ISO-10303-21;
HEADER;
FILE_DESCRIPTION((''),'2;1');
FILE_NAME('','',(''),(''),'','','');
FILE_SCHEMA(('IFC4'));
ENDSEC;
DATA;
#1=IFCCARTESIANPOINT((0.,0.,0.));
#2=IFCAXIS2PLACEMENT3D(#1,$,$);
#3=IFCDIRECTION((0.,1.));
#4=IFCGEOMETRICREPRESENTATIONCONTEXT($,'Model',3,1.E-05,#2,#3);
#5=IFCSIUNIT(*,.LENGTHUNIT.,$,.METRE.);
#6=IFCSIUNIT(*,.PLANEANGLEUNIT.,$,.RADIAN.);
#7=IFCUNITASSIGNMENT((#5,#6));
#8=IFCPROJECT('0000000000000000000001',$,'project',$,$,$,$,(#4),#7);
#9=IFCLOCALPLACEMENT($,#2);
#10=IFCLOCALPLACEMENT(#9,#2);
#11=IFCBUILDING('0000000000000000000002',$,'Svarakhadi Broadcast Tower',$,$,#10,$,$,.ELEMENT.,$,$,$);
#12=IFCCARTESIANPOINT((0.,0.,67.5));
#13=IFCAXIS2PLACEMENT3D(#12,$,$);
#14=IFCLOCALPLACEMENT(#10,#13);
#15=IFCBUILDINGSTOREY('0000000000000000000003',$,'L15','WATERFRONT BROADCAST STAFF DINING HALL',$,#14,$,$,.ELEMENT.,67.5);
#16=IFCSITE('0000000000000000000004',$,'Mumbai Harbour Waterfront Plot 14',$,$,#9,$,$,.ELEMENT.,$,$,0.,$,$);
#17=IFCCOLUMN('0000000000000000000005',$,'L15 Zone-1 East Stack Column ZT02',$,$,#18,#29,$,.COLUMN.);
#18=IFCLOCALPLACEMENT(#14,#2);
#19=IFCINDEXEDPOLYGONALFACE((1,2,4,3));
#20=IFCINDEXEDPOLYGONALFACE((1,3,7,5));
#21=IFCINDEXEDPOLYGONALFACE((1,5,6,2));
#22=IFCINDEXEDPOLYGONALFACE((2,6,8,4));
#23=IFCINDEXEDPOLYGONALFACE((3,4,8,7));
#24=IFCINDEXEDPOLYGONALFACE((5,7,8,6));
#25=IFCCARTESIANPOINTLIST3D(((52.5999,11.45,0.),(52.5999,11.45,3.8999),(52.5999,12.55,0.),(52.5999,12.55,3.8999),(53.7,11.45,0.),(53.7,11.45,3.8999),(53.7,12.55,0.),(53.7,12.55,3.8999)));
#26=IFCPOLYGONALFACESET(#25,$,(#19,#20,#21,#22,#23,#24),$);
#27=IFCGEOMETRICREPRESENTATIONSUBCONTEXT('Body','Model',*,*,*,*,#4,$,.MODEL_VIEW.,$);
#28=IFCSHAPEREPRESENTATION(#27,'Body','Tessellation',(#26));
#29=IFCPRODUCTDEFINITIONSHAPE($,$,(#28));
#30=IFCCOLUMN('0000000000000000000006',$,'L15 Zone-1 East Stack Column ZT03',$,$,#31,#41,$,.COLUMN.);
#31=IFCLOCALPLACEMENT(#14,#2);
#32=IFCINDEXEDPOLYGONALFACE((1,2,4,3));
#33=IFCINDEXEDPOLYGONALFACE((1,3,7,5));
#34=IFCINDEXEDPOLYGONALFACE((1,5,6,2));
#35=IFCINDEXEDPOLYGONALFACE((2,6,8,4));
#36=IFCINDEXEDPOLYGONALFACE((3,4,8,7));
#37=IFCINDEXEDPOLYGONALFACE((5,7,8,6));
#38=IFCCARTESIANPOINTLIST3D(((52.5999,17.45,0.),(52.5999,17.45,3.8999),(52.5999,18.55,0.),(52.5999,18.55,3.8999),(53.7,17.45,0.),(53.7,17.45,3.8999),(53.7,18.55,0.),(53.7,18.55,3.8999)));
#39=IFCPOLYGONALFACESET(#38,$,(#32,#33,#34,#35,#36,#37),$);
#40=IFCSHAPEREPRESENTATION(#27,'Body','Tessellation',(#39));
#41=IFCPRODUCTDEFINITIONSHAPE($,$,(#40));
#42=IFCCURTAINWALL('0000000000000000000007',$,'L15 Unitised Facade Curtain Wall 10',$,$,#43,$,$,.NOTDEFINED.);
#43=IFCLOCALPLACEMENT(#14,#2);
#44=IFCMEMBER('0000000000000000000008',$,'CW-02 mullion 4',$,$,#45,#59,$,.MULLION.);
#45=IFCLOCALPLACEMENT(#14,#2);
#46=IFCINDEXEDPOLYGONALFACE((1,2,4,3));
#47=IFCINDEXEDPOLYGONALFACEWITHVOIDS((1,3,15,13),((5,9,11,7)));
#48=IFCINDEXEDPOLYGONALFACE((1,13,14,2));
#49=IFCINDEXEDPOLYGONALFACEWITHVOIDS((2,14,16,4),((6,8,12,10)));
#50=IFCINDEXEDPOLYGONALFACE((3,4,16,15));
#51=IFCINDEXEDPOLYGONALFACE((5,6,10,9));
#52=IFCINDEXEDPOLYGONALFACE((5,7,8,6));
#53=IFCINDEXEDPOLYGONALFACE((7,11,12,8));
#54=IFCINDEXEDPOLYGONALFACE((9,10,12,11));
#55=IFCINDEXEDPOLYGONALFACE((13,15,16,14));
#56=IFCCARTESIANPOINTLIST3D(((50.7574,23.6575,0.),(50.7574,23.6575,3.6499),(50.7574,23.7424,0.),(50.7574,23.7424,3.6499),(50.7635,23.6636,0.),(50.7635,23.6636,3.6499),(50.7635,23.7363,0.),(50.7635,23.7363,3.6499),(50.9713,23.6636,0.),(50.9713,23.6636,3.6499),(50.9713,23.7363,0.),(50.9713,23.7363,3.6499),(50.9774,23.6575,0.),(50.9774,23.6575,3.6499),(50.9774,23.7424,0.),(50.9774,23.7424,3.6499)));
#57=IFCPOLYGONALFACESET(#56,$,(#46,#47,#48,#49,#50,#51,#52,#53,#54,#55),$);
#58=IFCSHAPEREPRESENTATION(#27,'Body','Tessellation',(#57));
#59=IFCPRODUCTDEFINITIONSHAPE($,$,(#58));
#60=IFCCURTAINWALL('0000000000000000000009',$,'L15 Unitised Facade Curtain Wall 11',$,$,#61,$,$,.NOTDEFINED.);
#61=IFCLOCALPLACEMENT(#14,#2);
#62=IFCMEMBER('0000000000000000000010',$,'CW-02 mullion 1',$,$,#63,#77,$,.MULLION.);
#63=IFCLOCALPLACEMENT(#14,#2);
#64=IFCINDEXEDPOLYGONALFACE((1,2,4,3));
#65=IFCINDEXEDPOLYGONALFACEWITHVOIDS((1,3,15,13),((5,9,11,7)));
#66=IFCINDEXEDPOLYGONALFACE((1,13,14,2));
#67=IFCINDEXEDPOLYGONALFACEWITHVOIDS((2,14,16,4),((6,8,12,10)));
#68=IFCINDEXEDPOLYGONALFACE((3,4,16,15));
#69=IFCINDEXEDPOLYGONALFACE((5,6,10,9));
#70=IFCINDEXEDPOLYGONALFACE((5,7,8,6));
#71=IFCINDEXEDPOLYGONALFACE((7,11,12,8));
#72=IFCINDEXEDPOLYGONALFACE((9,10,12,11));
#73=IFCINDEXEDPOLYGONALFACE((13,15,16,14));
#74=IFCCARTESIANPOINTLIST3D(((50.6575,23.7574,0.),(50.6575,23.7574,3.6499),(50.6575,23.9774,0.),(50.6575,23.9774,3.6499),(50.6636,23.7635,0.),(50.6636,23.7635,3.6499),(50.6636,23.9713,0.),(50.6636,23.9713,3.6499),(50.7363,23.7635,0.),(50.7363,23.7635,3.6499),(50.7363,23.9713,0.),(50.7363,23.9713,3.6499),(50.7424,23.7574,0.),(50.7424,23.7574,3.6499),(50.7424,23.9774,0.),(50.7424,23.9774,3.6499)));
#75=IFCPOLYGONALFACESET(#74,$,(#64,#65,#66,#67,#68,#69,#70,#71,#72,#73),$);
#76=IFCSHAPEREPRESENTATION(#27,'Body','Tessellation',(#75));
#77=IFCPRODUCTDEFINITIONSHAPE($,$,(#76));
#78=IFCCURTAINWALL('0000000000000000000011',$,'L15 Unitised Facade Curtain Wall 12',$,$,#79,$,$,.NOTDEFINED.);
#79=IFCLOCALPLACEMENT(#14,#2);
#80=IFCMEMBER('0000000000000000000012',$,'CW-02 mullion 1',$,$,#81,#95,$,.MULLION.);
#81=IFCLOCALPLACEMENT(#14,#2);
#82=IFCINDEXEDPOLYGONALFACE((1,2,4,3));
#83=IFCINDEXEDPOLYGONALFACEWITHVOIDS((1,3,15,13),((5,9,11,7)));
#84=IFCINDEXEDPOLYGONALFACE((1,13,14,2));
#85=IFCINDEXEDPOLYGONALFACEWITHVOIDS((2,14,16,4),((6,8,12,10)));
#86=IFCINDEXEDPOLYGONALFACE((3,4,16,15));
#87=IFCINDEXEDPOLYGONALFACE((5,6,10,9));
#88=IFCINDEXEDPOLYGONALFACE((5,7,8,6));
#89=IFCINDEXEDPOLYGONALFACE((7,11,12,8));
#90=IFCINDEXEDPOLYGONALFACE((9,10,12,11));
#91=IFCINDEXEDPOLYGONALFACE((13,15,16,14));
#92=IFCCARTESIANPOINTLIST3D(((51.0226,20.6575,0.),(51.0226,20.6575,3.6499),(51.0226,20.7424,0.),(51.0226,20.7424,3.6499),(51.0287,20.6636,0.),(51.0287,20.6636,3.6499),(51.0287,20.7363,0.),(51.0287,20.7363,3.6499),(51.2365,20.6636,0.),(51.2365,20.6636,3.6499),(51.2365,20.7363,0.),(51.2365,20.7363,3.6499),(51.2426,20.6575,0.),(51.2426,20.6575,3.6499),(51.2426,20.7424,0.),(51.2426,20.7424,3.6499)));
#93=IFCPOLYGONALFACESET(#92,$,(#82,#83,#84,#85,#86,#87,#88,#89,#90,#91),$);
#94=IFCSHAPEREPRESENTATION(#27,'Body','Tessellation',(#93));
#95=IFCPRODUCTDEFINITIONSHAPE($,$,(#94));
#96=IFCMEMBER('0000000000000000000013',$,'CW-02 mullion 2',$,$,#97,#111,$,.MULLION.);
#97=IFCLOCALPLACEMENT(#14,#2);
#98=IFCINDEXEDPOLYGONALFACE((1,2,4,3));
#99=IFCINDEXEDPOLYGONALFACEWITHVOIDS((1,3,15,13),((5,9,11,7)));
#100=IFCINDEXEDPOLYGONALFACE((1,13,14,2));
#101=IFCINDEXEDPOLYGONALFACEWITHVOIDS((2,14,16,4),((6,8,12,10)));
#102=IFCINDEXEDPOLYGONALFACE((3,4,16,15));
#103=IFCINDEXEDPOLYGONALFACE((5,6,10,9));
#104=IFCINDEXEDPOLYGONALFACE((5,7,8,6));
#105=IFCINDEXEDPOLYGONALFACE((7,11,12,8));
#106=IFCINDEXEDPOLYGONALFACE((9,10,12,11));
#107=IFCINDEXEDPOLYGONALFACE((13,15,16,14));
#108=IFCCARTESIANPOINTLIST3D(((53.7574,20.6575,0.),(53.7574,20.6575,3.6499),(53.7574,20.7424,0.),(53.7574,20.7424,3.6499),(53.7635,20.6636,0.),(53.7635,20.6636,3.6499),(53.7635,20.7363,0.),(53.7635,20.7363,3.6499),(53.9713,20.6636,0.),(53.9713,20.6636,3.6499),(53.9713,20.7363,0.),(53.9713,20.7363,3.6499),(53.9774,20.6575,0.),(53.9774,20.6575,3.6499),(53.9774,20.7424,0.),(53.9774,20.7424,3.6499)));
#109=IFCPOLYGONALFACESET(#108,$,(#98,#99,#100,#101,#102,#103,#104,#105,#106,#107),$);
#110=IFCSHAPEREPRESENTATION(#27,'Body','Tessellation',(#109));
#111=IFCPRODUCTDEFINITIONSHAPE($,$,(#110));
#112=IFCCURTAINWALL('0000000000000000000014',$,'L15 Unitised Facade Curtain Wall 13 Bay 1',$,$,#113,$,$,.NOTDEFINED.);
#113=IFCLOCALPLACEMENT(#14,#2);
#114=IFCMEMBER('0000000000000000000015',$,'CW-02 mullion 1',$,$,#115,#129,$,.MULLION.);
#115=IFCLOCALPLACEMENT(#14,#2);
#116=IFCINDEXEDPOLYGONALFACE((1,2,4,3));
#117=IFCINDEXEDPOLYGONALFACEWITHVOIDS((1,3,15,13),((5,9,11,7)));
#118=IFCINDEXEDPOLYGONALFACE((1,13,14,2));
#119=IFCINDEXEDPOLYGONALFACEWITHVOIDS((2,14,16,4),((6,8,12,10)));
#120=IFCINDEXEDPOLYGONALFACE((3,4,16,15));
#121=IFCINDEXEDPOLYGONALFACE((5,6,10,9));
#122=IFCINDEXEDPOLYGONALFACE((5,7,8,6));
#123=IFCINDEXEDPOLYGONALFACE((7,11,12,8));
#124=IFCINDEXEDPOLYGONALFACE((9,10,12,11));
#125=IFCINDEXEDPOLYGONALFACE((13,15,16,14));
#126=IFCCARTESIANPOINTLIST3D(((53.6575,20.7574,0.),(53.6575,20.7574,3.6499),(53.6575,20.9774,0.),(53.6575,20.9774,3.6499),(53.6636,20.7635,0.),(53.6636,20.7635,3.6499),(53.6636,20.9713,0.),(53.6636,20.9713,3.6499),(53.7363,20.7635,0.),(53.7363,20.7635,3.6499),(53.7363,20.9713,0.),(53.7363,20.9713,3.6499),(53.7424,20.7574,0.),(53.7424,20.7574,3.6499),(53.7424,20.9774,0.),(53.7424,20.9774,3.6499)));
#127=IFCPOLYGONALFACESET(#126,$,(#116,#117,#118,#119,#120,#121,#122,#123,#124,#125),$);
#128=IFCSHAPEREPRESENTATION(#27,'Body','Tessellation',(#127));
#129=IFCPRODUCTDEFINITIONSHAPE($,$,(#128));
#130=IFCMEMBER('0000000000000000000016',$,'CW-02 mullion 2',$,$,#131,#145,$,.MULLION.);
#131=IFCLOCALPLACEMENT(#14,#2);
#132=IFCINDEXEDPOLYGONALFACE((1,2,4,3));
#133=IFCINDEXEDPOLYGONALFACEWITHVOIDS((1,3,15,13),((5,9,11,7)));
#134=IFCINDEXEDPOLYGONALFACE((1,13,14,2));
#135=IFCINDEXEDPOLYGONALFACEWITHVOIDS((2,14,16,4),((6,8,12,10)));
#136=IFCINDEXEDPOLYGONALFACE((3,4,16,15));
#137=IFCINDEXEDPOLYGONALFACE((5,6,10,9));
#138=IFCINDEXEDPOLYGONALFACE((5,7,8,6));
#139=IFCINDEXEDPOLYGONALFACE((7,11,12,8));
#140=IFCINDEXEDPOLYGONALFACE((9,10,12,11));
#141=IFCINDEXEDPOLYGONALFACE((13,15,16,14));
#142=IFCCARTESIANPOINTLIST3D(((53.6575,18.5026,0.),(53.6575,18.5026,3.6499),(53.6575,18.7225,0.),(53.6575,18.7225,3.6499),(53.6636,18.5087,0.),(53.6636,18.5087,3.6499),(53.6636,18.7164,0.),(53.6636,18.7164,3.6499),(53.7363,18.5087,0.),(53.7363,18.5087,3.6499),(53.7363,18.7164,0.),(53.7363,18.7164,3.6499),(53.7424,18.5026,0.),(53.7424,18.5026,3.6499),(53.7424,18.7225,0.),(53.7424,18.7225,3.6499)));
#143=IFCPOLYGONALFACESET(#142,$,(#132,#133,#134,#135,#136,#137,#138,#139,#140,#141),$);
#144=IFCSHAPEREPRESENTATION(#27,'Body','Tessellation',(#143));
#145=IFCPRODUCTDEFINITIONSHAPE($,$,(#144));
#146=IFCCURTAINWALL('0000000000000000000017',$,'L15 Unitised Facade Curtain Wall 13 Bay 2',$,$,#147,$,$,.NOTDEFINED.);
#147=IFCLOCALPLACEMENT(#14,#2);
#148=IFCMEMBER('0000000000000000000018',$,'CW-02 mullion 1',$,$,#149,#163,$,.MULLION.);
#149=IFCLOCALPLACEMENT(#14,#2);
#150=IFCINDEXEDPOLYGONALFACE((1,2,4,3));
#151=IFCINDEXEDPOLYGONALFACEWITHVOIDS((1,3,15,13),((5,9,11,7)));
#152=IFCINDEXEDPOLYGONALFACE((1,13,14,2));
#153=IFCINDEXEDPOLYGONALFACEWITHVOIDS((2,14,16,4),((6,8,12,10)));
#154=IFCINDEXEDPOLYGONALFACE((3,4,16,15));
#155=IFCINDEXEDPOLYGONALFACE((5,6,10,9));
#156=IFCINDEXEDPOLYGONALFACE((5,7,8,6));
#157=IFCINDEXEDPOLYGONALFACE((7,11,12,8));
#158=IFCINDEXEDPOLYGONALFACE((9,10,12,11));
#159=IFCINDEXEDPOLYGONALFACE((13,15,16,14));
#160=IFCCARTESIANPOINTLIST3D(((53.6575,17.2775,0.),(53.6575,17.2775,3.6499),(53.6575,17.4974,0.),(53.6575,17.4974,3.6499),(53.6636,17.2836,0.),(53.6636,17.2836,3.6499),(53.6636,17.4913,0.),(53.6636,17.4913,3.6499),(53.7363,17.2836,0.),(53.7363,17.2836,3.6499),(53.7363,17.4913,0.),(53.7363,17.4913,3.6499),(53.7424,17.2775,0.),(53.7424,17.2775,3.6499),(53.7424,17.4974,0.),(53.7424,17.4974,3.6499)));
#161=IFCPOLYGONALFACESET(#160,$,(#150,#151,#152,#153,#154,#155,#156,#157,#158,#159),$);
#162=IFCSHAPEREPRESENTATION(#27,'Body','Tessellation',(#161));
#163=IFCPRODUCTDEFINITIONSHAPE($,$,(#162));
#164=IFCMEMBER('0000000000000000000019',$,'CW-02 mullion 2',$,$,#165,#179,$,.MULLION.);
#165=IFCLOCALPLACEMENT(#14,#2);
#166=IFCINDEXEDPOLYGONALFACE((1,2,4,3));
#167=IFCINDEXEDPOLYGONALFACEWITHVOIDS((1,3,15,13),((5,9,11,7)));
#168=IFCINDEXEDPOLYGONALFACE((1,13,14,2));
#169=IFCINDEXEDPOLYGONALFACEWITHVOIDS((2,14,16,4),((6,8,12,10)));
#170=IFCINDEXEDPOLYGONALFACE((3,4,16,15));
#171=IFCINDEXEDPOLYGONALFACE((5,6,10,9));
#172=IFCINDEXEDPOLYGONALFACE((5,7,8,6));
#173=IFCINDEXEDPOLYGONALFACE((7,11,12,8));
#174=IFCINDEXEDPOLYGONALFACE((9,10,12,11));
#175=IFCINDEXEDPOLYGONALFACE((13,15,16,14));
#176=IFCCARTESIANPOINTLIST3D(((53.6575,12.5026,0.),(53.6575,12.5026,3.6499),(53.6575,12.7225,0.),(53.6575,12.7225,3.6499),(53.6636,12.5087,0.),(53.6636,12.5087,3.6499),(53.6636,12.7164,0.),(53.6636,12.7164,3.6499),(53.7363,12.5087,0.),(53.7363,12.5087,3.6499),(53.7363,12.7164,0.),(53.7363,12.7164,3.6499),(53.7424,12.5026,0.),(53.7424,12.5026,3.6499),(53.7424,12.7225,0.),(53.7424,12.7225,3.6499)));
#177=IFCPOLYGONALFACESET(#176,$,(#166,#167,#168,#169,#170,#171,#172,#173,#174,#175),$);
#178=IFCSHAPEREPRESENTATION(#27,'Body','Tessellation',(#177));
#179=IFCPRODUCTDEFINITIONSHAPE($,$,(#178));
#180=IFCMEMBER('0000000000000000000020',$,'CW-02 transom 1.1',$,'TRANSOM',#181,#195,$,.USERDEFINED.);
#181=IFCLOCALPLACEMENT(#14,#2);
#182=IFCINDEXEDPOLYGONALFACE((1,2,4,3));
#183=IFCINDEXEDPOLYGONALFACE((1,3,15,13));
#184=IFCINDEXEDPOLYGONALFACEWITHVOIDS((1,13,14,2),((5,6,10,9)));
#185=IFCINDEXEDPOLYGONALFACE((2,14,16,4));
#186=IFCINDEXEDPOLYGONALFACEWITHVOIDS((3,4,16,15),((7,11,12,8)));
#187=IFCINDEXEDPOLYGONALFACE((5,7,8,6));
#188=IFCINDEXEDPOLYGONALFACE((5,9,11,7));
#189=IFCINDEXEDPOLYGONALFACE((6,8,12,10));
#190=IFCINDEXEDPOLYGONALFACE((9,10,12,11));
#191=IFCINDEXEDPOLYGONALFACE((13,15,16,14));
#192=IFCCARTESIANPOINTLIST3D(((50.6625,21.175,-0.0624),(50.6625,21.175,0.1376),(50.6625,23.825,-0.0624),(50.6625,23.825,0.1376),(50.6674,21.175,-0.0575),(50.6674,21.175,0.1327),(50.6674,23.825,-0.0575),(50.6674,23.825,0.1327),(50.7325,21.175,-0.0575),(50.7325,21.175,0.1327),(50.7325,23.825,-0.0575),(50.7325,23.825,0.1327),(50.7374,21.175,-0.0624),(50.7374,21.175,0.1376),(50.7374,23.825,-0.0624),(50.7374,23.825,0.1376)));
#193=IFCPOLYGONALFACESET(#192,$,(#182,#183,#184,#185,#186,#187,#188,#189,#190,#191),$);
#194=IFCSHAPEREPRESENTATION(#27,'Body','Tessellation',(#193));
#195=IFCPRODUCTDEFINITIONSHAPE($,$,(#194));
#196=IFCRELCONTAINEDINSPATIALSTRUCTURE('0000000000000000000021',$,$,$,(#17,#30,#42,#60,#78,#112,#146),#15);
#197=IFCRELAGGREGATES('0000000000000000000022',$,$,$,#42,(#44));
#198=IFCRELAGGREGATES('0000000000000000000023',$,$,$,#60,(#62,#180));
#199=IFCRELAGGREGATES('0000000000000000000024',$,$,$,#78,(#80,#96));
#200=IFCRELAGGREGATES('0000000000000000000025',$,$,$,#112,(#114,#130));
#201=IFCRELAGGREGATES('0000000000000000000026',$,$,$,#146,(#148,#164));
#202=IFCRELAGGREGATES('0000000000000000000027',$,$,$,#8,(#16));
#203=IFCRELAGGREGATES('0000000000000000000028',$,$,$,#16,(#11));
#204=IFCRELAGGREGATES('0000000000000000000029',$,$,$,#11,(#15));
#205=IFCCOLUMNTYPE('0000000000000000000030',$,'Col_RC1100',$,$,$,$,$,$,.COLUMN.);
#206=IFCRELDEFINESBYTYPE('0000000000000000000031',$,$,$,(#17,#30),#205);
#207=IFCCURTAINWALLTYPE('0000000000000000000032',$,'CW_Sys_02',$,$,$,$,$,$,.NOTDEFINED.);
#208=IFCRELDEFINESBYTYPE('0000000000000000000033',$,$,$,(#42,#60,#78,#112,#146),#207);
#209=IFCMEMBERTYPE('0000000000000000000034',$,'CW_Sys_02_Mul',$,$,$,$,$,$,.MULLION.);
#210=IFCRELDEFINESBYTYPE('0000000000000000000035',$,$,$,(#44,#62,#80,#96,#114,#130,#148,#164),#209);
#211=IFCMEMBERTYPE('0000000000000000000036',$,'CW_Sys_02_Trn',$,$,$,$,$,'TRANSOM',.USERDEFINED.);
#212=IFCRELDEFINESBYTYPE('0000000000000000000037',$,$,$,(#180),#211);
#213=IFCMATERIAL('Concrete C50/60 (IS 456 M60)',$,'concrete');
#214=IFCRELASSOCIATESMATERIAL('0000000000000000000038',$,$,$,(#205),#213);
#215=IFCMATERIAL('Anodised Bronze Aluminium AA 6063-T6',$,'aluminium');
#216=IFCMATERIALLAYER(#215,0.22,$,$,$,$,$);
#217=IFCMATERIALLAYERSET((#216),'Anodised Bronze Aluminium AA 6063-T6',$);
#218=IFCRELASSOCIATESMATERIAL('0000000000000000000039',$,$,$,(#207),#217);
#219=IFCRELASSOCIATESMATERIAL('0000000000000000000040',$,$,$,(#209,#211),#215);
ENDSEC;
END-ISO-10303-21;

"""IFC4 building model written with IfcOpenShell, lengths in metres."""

from ifc_helpers import new_model, si_unit, direction, frame, origin, origin_2d, place, context, subcontext, project, spatial, rectangle, hollow_rectangle, extrude, material, layer, layer_set, material_profile, profile_set, type_object, element, aggregate, save


model = new_model("IFC4")

# Units and contexts
model_context = context("Model", 3, precision=1e-05, world=origin(), true_north=direction((0.0, 1.0)))
body_context = subcontext(model_context, "Body", "Model", "MODEL_VIEW")
ifc_project = project(units=[si_unit("LENGTHUNIT", "METRE"), si_unit("PLANEANGLEUNIT", "RADIAN")], contexts=[model_context])

# Site, building, storey
site_placement = place(None, origin())
site = spatial("IfcSite", under=ifc_project, at=site_placement, Name="Mumbai Harbour Waterfront Plot 14", CompositionType="ELEMENT", RefElevation=0.0)
building_placement = place(site_placement, origin())
building = spatial("IfcBuilding", under=site, at=building_placement, Name="Svarakhadi Broadcast Tower", CompositionType="ELEMENT")
storey_placement = place(building_placement, frame((0.0, 0.0, 67.5)))
storey = spatial("IfcBuildingStorey", under=building, at=storey_placement, Name="L15", Description="WATERFRONT BROADCAST STAFF DINING HALL", CompositionType="ELEMENT", Elevation=67.5)

# Columns
ifc_material_1 = material(Name="Concrete C50/60 (IS 456 M60)", Category="concrete")
ifc_material_profile_1 = material_profile(ifc_material_1, rectangle(XDim=1.1001, YDim=1.1001, at=origin_2d()), Name="RC 1100x1100")
ifc_profile_set_1 = profile_set([ifc_material_profile_1], Name="Concrete C50/60 (IS 456 M60)")
column_type = type_object("IfcColumnType", Name="Col_RC1100", PredefinedType="COLUMN", material=ifc_profile_set_1)
for number, where, z_axis, x_axis, name in (
    (1, (53.1499, 12.0, 0.0), (0.0, 0.0, 1.0), (1.0, 0.0, 0.0), "L15 Zone-1 East Stack Column ZT02"),
    (2, (53.1499, 18.0, 0.0), (0.0, 0.0, 1.0), (1.0, 0.0, 0.0), "L15 Zone-1 East Stack Column ZT03"),
):
    element("IfcColumn", number, at=place(storey_placement, frame(where, z_axis=z_axis, x_axis=x_axis)), inside=storey, type_object=column_type, Name=name, PredefinedType="COLUMN", context=body_context, shape_type="SweptSolid", body=[
        extrude(rectangle(XDim=1.1001, YDim=1.1001, at=origin_2d()), origin(), (0.0, 0.0, 1.0), 3.8999),
    ])

# Curtain walls, members
ifc_material_2 = material(Name="Anodised Bronze Aluminium AA 6063-T6", Category="aluminium")
ifc_layer_1 = layer(ifc_material_2, 0.22)
ifc_layer_set_1 = layer_set([ifc_layer_1], Name="Anodised Bronze Aluminium AA 6063-T6")
curtain_wall_type = type_object("IfcCurtainWallType", Name="CW_Sys_02", PredefinedType="NOTDEFINED", material=ifc_layer_set_1)
curtain_wall_1_placement = place(storey_placement, origin())
curtain_wall_1 = element("IfcCurtainWall", 3, at=curtain_wall_1_placement, inside=storey, type_object=curtain_wall_type, Name="L15 Unitised Facade Curtain Wall 10", PredefinedType="NOTDEFINED")
ifc_material_profile_2 = material_profile(ifc_material_2, hollow_rectangle(XDim=0.085, YDim=0.22, WallThickness=0.0061, at=origin_2d()), Name="ALU MULLION 220x85x6")
ifc_profile_set_2 = profile_set([ifc_material_profile_2], Name="Anodised Bronze Aluminium AA 6063-T6")
member_type_1 = type_object("IfcMemberType", Name="CW_Sys_02_Mul", PredefinedType="MULLION", material=ifc_profile_set_2)
member_1_placement = place(storey_placement, frame((50.8674, 23.7, 0.0), z_axis=(0.0, 0.0, 1.0), x_axis=(0.0, 1.0, 0.0)))
member_1 = element("IfcMember", 4, at=member_1_placement, type_object=member_type_1, Name="CW-02 mullion 4", PredefinedType="MULLION", context=body_context, shape_type="SweptSolid", body=[
    extrude(hollow_rectangle(XDim=0.085, YDim=0.22, WallThickness=0.0061, at=origin_2d()), origin(), (0.0, 0.0, 1.0), 3.6499),
])
aggregate(curtain_wall_1, [member_1])
curtain_wall_2_placement = place(storey_placement, origin())
curtain_wall_2 = element("IfcCurtainWall", 5, at=curtain_wall_2_placement, inside=storey, type_object=curtain_wall_type, Name="L15 Unitised Facade Curtain Wall 11", PredefinedType="NOTDEFINED")
member_2_placement = place(storey_placement, frame((50.7, 23.8674, 0.0), z_axis=(0.0, 0.0, 1.0), x_axis=(1.0, 0.0, 0.0)))
member_2 = element("IfcMember", 6, at=member_2_placement, type_object=member_type_1, Name="CW-02 mullion 1", PredefinedType="MULLION", context=body_context, shape_type="SweptSolid", body=[
    extrude(hollow_rectangle(XDim=0.085, YDim=0.22, WallThickness=0.0061, at=origin_2d()), origin(), (0.0, 0.0, 1.0), 3.6499),
])

# Curtain walls, members
curtain_wall_3_placement = place(storey_placement, origin())
curtain_wall_3 = element("IfcCurtainWall", 7, at=curtain_wall_3_placement, inside=storey, type_object=curtain_wall_type, Name="L15 Unitised Facade Curtain Wall 12", PredefinedType="NOTDEFINED")
member_3_placement = place(storey_placement, frame((51.1326, 20.7, 0.0), z_axis=(0.0, 0.0, 1.0), x_axis=(0.0, 1.0, 0.0)))
member_3 = element("IfcMember", 8, at=member_3_placement, type_object=member_type_1, Name="CW-02 mullion 1", PredefinedType="MULLION", context=body_context, shape_type="SweptSolid", body=[
    extrude(hollow_rectangle(XDim=0.085, YDim=0.22, WallThickness=0.0061, at=origin_2d()), origin(), (0.0, 0.0, 1.0), 3.6499),
])
member_4_placement = place(storey_placement, frame((53.8674, 20.7, 0.0), z_axis=(0.0, 0.0, 1.0), x_axis=(0.0, 1.0, 0.0)))
member_4 = element("IfcMember", 9, at=member_4_placement, type_object=member_type_1, Name="CW-02 mullion 2", PredefinedType="MULLION", context=body_context, shape_type="SweptSolid", body=[
    extrude(hollow_rectangle(XDim=0.085, YDim=0.22, WallThickness=0.0061, at=origin_2d()), origin(), (0.0, 0.0, 1.0), 3.6499),
])
curtain_wall_4_placement = place(storey_placement, origin())
curtain_wall_4 = element("IfcCurtainWall", 10, at=curtain_wall_4_placement, inside=storey, type_object=curtain_wall_type, Name="L15 Unitised Facade Curtain Wall 13 Bay 1", PredefinedType="NOTDEFINED")
member_5_placement = place(storey_placement, frame((53.7, 20.8674, 0.0), z_axis=(0.0, 0.0, 1.0), x_axis=(1.0, 0.0, 0.0)))
member_5 = element("IfcMember", 11, at=member_5_placement, type_object=member_type_1, Name="CW-02 mullion 1", PredefinedType="MULLION", context=body_context, shape_type="SweptSolid", body=[
    extrude(hollow_rectangle(XDim=0.085, YDim=0.22, WallThickness=0.0061, at=origin_2d()), origin(), (0.0, 0.0, 1.0), 3.6499),
])
member_6_placement = place(storey_placement, frame((53.7, 18.6125, 0.0), z_axis=(0.0, 0.0, 1.0), x_axis=(1.0, 0.0, 0.0)))
member_6 = element("IfcMember", 12, at=member_6_placement, type_object=member_type_1, Name="CW-02 mullion 2", PredefinedType="MULLION", context=body_context, shape_type="SweptSolid", body=[
    extrude(hollow_rectangle(XDim=0.085, YDim=0.22, WallThickness=0.0061, at=origin_2d()), origin(), (0.0, 0.0, 1.0), 3.6499),
])
curtain_wall_5_placement = place(storey_placement, origin())
curtain_wall_5 = element("IfcCurtainWall", 13, at=curtain_wall_5_placement, inside=storey, type_object=curtain_wall_type, Name="L15 Unitised Facade Curtain Wall 13 Bay 2", PredefinedType="NOTDEFINED")
member_7_placement = place(storey_placement, frame((53.7, 17.3875, 0.0), z_axis=(0.0, 0.0, 1.0), x_axis=(1.0, 0.0, 0.0)))
member_7 = element("IfcMember", 14, at=member_7_placement, type_object=member_type_1, Name="CW-02 mullion 1", PredefinedType="MULLION", context=body_context, shape_type="SweptSolid", body=[
    extrude(hollow_rectangle(XDim=0.085, YDim=0.22, WallThickness=0.0061, at=origin_2d()), origin(), (0.0, 0.0, 1.0), 3.6499),
])
member_8_placement = place(storey_placement, frame((53.7, 12.6125, 0.0), z_axis=(0.0, 0.0, 1.0), x_axis=(1.0, 0.0, 0.0)))
member_8 = element("IfcMember", 15, at=member_8_placement, type_object=member_type_1, Name="CW-02 mullion 2", PredefinedType="MULLION", context=body_context, shape_type="SweptSolid", body=[
    extrude(hollow_rectangle(XDim=0.085, YDim=0.22, WallThickness=0.0061, at=origin_2d()), origin(), (0.0, 0.0, 1.0), 3.6499),
])

# Member
ifc_material_profile_3 = material_profile(ifc_material_2, hollow_rectangle(XDim=0.075, YDim=0.2, WallThickness=0.0049, at=origin_2d()), Name="ALU TRANSOM 200x75x5")
ifc_profile_set_3 = profile_set([ifc_material_profile_3], Name="Anodised Bronze Aluminium AA 6063-T6")
member_type_2 = type_object("IfcMemberType", Name="CW_Sys_02_Trn", ElementType="TRANSOM", PredefinedType="USERDEFINED", material=ifc_profile_set_3)
member_9_placement = place(storey_placement, frame((50.7, 23.825, 0.0376), z_axis=(0.0, -1.0, 0.0), x_axis=(1.0, 0.0, 0.0)))
member_9 = element("IfcMember", 16, at=member_9_placement, type_object=member_type_2, Name="CW-02 transom 1.1", ObjectType="TRANSOM", PredefinedType="USERDEFINED", context=body_context, shape_type="SweptSolid", body=[
    extrude(hollow_rectangle(XDim=0.075, YDim=0.2, WallThickness=0.0049, at=origin_2d()), origin(), (0.0, 0.0, 1.0), 2.6499),
])

aggregate(curtain_wall_2, [member_2, member_9])
aggregate(curtain_wall_3, [member_3, member_4])
aggregate(curtain_wall_4, [member_5, member_6])
aggregate(curtain_wall_5, [member_7, member_8])

save(model, "model.ifc")
